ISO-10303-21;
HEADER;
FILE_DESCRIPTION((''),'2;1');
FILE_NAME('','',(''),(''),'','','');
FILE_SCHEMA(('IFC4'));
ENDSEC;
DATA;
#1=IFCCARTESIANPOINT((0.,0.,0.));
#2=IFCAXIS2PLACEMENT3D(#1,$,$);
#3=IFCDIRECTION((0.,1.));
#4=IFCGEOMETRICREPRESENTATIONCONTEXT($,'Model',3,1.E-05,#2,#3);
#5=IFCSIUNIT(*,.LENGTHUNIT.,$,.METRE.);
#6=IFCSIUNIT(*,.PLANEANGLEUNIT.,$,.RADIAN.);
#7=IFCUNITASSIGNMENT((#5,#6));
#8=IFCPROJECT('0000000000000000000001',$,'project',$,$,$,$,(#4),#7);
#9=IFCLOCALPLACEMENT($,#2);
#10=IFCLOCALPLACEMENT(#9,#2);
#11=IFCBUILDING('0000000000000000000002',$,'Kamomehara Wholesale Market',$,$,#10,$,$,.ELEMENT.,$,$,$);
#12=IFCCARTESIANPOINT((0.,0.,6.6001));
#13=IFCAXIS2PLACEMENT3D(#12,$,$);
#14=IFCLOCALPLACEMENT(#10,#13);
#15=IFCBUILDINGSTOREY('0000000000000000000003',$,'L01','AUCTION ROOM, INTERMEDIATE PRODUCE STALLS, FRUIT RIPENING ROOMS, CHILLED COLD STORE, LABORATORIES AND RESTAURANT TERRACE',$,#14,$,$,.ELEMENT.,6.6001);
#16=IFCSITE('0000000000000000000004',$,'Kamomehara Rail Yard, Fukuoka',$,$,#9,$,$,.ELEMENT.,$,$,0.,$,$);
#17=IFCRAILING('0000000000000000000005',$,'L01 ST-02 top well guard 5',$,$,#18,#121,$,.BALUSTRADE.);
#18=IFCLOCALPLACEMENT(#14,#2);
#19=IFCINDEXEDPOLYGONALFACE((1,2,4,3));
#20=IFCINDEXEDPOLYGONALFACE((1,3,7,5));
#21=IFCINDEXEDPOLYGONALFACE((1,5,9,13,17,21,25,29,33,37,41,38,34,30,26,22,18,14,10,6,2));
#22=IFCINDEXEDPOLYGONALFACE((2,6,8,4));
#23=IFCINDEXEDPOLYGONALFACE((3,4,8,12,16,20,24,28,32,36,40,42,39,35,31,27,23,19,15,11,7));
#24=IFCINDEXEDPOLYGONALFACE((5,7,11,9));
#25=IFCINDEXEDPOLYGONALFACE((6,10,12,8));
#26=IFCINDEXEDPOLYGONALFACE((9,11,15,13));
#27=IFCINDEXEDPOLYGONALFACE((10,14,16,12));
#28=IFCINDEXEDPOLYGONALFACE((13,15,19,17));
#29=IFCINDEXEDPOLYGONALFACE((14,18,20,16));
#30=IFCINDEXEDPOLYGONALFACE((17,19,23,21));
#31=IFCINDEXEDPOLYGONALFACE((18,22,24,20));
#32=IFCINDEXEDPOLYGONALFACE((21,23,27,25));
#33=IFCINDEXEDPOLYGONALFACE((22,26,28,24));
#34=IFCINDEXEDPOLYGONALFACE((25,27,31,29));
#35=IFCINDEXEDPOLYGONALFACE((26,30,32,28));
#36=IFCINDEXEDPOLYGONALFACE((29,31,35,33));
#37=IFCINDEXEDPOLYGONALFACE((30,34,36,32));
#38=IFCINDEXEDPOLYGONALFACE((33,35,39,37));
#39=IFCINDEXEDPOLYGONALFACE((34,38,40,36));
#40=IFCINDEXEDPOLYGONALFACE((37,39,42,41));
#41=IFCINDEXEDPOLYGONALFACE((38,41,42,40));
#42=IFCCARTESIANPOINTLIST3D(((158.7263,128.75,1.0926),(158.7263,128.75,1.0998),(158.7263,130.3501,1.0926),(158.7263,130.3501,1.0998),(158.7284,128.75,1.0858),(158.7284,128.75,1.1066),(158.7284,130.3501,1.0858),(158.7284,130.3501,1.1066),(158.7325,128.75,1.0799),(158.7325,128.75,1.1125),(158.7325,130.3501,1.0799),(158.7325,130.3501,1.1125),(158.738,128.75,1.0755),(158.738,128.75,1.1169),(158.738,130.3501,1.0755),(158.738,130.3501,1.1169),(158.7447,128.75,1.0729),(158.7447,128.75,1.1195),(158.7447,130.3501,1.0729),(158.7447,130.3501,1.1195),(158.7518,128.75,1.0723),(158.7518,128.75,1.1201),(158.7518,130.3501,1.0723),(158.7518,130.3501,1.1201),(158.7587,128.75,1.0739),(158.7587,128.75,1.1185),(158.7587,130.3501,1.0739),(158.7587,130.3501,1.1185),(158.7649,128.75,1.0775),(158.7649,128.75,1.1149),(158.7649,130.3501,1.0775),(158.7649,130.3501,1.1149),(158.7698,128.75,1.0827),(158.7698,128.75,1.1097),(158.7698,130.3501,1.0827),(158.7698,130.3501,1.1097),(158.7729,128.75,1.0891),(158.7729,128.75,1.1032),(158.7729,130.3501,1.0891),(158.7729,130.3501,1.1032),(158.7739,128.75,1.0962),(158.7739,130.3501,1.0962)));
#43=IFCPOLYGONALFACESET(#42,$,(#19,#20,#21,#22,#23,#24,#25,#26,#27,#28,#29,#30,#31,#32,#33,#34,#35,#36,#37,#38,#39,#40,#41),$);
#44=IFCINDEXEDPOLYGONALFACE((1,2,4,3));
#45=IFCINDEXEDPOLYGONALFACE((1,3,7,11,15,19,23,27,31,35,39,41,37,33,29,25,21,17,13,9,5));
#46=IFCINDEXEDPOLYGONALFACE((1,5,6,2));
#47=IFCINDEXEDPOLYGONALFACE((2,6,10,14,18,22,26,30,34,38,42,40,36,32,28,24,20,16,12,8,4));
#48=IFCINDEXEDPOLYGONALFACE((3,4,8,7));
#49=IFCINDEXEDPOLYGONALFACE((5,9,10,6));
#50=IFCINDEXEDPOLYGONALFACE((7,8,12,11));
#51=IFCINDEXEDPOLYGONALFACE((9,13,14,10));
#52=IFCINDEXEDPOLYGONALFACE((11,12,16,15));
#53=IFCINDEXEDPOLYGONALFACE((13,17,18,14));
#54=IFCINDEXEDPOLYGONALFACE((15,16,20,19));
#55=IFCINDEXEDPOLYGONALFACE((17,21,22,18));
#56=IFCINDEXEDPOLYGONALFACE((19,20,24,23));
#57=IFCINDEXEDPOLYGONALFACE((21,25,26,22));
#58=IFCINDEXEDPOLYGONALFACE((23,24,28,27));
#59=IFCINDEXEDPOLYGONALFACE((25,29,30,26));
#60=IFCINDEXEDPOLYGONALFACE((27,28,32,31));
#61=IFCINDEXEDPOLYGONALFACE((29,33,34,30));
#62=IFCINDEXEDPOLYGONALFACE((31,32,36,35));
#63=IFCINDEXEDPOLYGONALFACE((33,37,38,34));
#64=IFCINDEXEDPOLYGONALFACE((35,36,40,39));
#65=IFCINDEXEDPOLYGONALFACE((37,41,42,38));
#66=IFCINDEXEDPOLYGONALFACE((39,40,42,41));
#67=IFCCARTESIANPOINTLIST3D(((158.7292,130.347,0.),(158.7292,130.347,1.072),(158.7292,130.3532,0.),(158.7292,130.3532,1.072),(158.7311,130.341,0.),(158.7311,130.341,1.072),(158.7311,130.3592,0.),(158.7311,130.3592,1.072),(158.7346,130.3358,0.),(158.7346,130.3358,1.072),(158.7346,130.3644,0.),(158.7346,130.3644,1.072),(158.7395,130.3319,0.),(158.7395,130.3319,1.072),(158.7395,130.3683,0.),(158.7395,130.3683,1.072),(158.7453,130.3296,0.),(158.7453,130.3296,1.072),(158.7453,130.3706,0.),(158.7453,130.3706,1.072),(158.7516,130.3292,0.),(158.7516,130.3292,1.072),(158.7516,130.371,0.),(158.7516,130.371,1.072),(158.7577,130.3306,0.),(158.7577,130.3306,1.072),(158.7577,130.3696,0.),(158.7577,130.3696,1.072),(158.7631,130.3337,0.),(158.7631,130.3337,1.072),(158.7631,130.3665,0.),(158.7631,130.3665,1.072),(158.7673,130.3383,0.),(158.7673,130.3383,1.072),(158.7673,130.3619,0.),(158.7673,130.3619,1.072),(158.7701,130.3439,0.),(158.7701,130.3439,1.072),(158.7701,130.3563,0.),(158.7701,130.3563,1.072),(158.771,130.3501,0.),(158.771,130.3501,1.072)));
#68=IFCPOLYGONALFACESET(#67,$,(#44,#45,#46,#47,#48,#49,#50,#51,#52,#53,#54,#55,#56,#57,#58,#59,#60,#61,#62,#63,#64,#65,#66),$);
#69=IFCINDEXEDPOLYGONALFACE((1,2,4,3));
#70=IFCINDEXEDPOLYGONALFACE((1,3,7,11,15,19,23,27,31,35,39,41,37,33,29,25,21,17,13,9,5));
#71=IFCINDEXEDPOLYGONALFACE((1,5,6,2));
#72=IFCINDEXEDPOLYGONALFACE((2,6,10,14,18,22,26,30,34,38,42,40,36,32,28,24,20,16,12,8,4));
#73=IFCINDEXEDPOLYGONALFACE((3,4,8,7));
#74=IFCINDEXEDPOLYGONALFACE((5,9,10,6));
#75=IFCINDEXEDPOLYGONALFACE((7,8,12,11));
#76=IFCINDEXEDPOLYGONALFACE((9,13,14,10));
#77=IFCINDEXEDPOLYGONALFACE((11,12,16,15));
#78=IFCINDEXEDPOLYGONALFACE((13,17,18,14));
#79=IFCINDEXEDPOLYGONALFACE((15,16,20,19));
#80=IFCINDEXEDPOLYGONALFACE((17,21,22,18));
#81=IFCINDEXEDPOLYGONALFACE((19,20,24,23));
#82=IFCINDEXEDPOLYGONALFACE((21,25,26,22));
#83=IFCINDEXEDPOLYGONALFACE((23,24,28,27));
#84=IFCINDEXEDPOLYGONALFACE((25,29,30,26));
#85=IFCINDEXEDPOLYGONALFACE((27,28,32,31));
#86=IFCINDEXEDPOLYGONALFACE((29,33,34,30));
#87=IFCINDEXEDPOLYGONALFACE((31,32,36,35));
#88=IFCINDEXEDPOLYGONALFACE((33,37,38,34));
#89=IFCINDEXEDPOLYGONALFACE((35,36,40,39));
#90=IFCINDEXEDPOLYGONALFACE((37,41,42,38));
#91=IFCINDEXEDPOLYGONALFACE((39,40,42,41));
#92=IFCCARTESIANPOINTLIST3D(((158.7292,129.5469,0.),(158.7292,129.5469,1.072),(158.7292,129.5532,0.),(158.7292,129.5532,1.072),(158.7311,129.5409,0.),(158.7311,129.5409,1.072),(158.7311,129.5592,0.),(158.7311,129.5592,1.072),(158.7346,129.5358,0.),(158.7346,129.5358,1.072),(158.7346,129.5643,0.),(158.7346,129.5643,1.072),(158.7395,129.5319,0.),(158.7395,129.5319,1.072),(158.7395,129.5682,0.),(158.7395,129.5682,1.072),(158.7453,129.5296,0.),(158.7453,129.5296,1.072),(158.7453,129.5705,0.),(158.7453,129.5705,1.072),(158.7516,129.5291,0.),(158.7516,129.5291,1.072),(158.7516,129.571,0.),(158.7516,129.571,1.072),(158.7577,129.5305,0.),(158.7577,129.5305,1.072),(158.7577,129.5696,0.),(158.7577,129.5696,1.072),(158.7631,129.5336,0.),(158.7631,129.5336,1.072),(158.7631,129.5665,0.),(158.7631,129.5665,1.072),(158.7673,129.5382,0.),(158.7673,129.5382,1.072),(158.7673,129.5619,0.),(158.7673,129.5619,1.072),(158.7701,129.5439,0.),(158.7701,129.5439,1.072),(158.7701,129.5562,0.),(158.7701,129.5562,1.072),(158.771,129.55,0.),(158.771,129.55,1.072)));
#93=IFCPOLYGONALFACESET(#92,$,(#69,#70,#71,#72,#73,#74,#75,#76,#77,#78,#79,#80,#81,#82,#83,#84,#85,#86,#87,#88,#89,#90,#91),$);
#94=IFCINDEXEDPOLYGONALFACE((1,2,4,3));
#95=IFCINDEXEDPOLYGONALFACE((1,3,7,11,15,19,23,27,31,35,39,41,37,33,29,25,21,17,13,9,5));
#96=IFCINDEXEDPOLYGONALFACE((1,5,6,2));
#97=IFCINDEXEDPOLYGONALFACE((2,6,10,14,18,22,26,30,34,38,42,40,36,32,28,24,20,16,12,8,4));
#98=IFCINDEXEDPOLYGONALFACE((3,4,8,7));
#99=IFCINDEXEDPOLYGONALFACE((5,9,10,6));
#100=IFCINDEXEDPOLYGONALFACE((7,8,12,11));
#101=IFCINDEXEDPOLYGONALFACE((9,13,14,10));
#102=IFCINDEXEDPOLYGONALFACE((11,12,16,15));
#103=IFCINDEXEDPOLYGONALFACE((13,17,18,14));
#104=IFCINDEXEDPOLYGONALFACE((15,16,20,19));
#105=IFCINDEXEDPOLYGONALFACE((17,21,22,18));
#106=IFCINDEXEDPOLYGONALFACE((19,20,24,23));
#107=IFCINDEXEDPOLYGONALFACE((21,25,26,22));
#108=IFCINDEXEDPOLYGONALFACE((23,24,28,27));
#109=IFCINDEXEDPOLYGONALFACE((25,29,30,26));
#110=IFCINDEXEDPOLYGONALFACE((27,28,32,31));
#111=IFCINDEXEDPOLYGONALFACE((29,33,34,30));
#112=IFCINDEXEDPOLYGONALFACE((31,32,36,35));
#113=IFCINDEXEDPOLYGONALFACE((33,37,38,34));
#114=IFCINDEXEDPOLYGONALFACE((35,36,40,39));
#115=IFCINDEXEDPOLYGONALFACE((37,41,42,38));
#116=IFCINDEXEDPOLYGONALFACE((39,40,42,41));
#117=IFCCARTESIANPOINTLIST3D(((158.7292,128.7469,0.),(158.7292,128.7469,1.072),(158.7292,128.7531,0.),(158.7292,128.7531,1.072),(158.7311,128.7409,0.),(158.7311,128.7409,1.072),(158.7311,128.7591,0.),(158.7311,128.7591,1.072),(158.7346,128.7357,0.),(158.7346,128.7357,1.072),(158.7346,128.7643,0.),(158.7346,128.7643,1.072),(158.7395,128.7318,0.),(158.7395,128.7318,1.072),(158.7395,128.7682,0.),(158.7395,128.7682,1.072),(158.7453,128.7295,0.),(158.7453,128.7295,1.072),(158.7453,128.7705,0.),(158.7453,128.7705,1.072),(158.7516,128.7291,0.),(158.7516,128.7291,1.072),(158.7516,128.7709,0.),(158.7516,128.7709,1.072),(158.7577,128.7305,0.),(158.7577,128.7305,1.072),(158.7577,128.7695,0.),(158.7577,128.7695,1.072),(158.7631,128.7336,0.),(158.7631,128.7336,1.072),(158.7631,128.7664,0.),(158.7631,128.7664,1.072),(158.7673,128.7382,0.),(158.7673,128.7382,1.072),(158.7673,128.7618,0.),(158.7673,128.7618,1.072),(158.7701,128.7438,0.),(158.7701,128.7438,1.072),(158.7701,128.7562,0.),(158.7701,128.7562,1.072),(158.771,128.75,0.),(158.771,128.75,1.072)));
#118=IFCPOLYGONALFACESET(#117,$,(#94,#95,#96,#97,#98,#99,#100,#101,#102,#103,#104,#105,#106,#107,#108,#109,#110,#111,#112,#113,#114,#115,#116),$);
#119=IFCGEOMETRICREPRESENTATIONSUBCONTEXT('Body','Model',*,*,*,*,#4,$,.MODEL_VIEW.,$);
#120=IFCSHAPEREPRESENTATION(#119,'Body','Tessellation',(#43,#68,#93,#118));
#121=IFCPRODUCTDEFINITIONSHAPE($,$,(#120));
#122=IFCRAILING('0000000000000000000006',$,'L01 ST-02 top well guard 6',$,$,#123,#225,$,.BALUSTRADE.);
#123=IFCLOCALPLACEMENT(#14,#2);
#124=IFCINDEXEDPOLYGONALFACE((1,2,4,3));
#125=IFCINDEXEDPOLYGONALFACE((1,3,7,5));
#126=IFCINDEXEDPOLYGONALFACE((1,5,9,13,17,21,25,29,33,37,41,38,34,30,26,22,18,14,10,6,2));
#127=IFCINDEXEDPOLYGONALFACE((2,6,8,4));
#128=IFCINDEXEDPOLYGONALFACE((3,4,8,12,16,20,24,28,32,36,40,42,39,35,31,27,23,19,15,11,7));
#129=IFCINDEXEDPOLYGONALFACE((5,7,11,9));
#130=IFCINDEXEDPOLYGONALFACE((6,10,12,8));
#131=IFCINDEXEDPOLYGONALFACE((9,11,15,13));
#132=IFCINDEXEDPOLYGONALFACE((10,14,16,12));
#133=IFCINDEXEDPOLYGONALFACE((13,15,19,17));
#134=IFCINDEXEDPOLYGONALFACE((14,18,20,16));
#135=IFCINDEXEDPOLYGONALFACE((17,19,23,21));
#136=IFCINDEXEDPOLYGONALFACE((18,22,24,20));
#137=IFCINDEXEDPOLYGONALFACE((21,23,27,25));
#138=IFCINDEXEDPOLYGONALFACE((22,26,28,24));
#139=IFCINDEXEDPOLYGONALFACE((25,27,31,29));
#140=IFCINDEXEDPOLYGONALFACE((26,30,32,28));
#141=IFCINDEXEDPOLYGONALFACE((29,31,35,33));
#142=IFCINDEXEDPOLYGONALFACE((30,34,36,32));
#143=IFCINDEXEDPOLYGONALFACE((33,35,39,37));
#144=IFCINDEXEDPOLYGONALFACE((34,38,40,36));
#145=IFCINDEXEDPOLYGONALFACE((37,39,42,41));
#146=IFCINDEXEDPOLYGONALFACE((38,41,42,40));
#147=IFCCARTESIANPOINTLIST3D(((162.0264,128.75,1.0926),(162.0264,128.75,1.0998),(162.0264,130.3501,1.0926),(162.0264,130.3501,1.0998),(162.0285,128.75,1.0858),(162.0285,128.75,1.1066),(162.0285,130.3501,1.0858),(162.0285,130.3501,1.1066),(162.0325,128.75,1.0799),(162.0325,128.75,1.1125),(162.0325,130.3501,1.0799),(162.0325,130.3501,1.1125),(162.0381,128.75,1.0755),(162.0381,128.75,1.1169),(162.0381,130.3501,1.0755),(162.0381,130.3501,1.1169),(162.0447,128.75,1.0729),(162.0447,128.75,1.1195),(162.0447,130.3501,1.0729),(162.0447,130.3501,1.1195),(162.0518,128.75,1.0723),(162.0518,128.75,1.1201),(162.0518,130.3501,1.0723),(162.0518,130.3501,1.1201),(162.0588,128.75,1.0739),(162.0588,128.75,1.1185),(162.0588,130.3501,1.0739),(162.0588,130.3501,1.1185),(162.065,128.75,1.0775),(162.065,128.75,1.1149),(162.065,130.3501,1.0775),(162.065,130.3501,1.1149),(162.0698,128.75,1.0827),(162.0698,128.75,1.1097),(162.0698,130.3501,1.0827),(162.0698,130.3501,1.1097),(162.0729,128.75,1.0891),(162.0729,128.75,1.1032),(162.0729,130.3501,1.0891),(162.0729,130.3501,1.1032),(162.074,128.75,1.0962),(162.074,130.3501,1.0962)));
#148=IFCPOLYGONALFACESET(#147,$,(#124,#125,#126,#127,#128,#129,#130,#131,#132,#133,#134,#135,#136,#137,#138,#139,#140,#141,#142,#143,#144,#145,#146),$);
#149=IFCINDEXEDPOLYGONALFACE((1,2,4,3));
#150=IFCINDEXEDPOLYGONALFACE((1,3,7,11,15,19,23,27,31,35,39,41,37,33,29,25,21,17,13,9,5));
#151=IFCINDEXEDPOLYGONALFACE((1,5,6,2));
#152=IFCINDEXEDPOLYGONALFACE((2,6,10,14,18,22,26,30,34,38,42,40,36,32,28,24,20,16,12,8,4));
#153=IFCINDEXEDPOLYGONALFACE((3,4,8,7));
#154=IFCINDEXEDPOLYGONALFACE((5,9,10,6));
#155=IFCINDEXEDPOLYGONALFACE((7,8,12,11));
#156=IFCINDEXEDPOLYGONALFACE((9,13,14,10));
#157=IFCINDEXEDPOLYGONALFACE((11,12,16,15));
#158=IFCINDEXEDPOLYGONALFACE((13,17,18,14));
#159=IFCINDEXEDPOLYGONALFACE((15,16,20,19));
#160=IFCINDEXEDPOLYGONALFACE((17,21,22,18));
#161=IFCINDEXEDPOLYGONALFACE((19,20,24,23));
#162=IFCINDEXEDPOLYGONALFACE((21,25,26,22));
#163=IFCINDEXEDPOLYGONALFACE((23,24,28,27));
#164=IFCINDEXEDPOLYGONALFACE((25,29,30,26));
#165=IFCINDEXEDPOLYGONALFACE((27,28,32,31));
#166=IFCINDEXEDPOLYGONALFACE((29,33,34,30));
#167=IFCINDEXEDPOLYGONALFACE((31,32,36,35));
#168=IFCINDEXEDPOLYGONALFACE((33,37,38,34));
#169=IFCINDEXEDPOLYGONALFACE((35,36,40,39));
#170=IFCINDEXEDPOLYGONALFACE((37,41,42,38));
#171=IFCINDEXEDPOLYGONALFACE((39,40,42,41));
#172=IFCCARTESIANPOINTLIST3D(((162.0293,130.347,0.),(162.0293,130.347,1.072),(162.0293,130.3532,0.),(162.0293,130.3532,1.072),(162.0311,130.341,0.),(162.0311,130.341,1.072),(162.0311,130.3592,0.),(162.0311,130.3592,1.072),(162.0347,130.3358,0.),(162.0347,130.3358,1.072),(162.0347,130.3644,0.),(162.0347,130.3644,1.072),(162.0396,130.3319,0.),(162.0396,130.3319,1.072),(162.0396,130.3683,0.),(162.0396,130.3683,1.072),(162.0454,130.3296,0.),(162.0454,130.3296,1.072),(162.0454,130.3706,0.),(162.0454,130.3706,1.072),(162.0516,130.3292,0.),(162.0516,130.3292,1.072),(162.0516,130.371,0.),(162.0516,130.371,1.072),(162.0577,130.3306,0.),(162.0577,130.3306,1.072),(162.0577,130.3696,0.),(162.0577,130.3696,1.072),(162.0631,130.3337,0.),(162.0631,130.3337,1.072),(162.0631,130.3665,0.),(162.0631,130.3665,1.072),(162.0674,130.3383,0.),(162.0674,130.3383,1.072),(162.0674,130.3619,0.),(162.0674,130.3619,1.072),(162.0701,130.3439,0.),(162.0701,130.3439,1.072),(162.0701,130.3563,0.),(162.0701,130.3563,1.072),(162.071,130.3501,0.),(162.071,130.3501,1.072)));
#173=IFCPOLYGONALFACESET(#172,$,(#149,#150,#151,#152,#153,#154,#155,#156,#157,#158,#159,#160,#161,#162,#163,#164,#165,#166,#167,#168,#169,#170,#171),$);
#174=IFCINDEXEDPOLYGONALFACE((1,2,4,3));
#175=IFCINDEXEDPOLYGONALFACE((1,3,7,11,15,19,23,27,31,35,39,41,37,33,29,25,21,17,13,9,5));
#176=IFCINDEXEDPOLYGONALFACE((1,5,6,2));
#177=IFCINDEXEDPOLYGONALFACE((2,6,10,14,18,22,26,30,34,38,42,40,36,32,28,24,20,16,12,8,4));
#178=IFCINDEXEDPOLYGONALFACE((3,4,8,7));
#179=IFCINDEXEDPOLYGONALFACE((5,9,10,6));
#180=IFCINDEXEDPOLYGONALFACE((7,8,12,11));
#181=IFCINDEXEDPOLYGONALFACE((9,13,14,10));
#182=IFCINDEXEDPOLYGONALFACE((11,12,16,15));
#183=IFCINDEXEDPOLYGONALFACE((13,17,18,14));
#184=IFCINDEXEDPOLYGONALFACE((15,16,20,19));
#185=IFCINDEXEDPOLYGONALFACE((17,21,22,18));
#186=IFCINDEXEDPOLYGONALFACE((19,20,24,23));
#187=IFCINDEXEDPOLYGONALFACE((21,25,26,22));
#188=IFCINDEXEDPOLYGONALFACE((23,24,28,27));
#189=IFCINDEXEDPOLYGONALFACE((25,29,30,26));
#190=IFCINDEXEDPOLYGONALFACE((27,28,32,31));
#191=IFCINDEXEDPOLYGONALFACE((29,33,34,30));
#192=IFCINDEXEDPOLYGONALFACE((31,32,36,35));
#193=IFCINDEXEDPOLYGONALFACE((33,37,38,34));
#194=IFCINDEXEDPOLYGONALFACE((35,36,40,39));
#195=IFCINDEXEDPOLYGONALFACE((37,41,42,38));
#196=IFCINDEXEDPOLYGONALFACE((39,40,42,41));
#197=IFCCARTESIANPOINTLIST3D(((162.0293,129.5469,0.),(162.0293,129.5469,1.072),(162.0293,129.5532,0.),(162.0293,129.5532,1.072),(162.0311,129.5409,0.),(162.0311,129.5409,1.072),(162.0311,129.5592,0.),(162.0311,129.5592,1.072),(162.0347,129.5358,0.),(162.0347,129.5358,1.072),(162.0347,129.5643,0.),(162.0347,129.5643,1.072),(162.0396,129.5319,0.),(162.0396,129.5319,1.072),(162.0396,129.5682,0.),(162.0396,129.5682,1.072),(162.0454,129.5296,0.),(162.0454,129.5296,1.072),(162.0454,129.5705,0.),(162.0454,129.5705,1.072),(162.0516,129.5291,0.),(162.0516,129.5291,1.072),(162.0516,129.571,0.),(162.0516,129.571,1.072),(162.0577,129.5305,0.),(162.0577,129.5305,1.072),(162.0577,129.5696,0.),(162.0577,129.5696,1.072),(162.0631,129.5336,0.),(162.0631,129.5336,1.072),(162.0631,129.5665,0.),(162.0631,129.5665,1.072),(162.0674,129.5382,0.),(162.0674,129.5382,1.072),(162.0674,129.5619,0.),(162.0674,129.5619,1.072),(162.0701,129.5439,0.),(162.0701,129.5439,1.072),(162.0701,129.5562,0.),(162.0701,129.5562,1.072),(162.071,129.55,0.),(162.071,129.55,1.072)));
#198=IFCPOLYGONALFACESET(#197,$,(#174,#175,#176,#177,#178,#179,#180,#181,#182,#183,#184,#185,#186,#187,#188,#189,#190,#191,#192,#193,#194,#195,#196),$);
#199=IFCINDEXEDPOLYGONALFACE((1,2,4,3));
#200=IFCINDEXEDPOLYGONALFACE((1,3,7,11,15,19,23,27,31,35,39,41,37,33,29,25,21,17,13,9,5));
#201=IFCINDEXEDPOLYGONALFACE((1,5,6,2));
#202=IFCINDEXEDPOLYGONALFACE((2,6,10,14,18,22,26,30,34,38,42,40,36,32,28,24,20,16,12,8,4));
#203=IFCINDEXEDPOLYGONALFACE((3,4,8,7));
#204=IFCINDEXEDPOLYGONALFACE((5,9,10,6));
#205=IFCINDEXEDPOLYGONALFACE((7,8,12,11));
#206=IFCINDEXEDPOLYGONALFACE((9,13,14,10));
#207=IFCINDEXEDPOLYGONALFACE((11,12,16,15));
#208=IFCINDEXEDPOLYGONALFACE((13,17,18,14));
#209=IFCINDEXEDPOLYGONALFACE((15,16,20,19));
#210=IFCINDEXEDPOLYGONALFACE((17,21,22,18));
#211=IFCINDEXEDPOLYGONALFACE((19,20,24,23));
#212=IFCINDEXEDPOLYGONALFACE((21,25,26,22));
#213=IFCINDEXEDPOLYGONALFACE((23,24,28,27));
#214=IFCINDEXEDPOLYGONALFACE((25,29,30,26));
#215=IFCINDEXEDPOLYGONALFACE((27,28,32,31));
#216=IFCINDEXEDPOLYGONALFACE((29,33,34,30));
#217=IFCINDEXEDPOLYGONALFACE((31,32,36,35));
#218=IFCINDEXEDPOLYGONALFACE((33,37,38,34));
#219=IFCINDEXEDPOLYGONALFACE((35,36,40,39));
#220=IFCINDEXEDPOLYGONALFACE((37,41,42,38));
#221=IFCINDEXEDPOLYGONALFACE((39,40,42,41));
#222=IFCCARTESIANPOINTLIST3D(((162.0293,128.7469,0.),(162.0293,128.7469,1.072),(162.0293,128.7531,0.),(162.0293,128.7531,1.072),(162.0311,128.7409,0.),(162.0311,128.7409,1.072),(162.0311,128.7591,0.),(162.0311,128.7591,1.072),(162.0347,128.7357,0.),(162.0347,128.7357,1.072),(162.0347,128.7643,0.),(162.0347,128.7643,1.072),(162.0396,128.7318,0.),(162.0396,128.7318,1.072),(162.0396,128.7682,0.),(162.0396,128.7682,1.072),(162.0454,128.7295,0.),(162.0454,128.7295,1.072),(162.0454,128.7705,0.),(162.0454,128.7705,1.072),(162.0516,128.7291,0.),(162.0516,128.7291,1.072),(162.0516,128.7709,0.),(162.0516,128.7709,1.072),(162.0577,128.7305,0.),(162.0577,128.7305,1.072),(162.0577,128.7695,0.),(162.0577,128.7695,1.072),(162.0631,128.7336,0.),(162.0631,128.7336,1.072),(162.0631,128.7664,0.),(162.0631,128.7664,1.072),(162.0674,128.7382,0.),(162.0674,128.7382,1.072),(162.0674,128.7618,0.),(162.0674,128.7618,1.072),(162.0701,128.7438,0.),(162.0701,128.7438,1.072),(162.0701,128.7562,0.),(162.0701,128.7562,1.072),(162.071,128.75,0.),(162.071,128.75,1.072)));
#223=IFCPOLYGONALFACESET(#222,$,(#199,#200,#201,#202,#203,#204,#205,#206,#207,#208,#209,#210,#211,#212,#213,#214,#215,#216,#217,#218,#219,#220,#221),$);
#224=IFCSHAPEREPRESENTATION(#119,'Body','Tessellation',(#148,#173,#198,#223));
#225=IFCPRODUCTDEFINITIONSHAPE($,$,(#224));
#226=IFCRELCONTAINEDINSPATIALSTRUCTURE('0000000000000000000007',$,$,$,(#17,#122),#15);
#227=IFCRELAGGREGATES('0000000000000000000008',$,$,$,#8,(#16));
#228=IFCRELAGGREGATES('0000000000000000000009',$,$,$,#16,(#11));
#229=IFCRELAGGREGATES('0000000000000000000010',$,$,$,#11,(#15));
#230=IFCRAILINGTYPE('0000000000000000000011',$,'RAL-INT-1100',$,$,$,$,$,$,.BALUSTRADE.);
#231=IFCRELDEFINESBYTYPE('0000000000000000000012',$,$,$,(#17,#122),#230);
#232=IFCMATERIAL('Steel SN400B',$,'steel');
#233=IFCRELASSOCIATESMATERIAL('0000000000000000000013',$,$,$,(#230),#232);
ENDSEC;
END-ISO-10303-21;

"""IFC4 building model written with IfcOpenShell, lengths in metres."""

from ifc_helpers import new_model, si_unit, direction, frame, origin, origin_2d, place, context, subcontext, project, spatial, circle, extrude, material, type_object, element, save


model = new_model("IFC4")

# Units and contexts
model_context = context("Model", 3, precision=1e-05, world=origin(), true_north=direction((0.0, 1.0)))
body_context = subcontext(model_context, "Body", "Model", "MODEL_VIEW")
ifc_project = project(units=[si_unit("LENGTHUNIT", "METRE"), si_unit("PLANEANGLEUNIT", "RADIAN")], contexts=[model_context])

# Site, building, storey
site_placement = place(None, origin())
site = spatial("IfcSite", under=ifc_project, at=site_placement, Name="Kamomehara Rail Yard, Fukuoka", CompositionType="ELEMENT", RefElevation=0.0)
building_placement = place(site_placement, origin())
building = spatial("IfcBuilding", under=site, at=building_placement, Name="Kamomehara Wholesale Market", CompositionType="ELEMENT")
storey_placement = place(building_placement, frame((0.0, 0.0, 6.6001)))
storey = spatial("IfcBuildingStorey", under=building, at=storey_placement, Name="L01", Description="AUCTION ROOM, INTERMEDIATE PRODUCE STALLS, FRUIT RIPENING ROOMS, CHILLED COLD STORE, LABORATORIES AND RESTAURANT TERRACE", CompositionType="ELEMENT", Elevation=6.6001)

# Railings
ifc_material_1 = material(Name="Steel SN400B", Category="steel")
railing_type = type_object("IfcRailingType", Name="RAL-INT-1100", PredefinedType="BALUSTRADE", material=ifc_material_1)
for number, where, name in (
    (1, (158.75, 130.3501, 0.0), "L01 ST-02 top well guard 5"),
    (2, (162.05, 130.3501, 0.0), "L01 ST-02 top well guard 6"),
):
    element("IfcRailing", number, at=place(storey_placement, frame(where)), inside=storey, type_object=railing_type, Name=name, PredefinedType="BALUSTRADE", context=body_context, shape_type="SweptSolid", body=[
        extrude(circle(Radius=0.0239, at=origin_2d()), frame((0.0, 0.0, 1.0962), z_axis=(0.0, -1.0, 0.0), x_axis=(1.0, 0.0, 0.0)), (0.0, 0.0, 1.0), 1.6001),
        extrude(circle(Radius=0.021, at=origin_2d()), origin(), (0.0, 0.0, 1.0), 1.072),
        extrude(circle(Radius=0.021, at=origin_2d()), frame((0.0, -0.8, 0.0)), (0.0, 0.0, 1.0), 1.072),
        extrude(circle(Radius=0.021, at=origin_2d()), frame((0.0, -1.6001, 0.0)), (0.0, 0.0, 1.0), 1.072),
    ])

save(model, "model.ifc")
